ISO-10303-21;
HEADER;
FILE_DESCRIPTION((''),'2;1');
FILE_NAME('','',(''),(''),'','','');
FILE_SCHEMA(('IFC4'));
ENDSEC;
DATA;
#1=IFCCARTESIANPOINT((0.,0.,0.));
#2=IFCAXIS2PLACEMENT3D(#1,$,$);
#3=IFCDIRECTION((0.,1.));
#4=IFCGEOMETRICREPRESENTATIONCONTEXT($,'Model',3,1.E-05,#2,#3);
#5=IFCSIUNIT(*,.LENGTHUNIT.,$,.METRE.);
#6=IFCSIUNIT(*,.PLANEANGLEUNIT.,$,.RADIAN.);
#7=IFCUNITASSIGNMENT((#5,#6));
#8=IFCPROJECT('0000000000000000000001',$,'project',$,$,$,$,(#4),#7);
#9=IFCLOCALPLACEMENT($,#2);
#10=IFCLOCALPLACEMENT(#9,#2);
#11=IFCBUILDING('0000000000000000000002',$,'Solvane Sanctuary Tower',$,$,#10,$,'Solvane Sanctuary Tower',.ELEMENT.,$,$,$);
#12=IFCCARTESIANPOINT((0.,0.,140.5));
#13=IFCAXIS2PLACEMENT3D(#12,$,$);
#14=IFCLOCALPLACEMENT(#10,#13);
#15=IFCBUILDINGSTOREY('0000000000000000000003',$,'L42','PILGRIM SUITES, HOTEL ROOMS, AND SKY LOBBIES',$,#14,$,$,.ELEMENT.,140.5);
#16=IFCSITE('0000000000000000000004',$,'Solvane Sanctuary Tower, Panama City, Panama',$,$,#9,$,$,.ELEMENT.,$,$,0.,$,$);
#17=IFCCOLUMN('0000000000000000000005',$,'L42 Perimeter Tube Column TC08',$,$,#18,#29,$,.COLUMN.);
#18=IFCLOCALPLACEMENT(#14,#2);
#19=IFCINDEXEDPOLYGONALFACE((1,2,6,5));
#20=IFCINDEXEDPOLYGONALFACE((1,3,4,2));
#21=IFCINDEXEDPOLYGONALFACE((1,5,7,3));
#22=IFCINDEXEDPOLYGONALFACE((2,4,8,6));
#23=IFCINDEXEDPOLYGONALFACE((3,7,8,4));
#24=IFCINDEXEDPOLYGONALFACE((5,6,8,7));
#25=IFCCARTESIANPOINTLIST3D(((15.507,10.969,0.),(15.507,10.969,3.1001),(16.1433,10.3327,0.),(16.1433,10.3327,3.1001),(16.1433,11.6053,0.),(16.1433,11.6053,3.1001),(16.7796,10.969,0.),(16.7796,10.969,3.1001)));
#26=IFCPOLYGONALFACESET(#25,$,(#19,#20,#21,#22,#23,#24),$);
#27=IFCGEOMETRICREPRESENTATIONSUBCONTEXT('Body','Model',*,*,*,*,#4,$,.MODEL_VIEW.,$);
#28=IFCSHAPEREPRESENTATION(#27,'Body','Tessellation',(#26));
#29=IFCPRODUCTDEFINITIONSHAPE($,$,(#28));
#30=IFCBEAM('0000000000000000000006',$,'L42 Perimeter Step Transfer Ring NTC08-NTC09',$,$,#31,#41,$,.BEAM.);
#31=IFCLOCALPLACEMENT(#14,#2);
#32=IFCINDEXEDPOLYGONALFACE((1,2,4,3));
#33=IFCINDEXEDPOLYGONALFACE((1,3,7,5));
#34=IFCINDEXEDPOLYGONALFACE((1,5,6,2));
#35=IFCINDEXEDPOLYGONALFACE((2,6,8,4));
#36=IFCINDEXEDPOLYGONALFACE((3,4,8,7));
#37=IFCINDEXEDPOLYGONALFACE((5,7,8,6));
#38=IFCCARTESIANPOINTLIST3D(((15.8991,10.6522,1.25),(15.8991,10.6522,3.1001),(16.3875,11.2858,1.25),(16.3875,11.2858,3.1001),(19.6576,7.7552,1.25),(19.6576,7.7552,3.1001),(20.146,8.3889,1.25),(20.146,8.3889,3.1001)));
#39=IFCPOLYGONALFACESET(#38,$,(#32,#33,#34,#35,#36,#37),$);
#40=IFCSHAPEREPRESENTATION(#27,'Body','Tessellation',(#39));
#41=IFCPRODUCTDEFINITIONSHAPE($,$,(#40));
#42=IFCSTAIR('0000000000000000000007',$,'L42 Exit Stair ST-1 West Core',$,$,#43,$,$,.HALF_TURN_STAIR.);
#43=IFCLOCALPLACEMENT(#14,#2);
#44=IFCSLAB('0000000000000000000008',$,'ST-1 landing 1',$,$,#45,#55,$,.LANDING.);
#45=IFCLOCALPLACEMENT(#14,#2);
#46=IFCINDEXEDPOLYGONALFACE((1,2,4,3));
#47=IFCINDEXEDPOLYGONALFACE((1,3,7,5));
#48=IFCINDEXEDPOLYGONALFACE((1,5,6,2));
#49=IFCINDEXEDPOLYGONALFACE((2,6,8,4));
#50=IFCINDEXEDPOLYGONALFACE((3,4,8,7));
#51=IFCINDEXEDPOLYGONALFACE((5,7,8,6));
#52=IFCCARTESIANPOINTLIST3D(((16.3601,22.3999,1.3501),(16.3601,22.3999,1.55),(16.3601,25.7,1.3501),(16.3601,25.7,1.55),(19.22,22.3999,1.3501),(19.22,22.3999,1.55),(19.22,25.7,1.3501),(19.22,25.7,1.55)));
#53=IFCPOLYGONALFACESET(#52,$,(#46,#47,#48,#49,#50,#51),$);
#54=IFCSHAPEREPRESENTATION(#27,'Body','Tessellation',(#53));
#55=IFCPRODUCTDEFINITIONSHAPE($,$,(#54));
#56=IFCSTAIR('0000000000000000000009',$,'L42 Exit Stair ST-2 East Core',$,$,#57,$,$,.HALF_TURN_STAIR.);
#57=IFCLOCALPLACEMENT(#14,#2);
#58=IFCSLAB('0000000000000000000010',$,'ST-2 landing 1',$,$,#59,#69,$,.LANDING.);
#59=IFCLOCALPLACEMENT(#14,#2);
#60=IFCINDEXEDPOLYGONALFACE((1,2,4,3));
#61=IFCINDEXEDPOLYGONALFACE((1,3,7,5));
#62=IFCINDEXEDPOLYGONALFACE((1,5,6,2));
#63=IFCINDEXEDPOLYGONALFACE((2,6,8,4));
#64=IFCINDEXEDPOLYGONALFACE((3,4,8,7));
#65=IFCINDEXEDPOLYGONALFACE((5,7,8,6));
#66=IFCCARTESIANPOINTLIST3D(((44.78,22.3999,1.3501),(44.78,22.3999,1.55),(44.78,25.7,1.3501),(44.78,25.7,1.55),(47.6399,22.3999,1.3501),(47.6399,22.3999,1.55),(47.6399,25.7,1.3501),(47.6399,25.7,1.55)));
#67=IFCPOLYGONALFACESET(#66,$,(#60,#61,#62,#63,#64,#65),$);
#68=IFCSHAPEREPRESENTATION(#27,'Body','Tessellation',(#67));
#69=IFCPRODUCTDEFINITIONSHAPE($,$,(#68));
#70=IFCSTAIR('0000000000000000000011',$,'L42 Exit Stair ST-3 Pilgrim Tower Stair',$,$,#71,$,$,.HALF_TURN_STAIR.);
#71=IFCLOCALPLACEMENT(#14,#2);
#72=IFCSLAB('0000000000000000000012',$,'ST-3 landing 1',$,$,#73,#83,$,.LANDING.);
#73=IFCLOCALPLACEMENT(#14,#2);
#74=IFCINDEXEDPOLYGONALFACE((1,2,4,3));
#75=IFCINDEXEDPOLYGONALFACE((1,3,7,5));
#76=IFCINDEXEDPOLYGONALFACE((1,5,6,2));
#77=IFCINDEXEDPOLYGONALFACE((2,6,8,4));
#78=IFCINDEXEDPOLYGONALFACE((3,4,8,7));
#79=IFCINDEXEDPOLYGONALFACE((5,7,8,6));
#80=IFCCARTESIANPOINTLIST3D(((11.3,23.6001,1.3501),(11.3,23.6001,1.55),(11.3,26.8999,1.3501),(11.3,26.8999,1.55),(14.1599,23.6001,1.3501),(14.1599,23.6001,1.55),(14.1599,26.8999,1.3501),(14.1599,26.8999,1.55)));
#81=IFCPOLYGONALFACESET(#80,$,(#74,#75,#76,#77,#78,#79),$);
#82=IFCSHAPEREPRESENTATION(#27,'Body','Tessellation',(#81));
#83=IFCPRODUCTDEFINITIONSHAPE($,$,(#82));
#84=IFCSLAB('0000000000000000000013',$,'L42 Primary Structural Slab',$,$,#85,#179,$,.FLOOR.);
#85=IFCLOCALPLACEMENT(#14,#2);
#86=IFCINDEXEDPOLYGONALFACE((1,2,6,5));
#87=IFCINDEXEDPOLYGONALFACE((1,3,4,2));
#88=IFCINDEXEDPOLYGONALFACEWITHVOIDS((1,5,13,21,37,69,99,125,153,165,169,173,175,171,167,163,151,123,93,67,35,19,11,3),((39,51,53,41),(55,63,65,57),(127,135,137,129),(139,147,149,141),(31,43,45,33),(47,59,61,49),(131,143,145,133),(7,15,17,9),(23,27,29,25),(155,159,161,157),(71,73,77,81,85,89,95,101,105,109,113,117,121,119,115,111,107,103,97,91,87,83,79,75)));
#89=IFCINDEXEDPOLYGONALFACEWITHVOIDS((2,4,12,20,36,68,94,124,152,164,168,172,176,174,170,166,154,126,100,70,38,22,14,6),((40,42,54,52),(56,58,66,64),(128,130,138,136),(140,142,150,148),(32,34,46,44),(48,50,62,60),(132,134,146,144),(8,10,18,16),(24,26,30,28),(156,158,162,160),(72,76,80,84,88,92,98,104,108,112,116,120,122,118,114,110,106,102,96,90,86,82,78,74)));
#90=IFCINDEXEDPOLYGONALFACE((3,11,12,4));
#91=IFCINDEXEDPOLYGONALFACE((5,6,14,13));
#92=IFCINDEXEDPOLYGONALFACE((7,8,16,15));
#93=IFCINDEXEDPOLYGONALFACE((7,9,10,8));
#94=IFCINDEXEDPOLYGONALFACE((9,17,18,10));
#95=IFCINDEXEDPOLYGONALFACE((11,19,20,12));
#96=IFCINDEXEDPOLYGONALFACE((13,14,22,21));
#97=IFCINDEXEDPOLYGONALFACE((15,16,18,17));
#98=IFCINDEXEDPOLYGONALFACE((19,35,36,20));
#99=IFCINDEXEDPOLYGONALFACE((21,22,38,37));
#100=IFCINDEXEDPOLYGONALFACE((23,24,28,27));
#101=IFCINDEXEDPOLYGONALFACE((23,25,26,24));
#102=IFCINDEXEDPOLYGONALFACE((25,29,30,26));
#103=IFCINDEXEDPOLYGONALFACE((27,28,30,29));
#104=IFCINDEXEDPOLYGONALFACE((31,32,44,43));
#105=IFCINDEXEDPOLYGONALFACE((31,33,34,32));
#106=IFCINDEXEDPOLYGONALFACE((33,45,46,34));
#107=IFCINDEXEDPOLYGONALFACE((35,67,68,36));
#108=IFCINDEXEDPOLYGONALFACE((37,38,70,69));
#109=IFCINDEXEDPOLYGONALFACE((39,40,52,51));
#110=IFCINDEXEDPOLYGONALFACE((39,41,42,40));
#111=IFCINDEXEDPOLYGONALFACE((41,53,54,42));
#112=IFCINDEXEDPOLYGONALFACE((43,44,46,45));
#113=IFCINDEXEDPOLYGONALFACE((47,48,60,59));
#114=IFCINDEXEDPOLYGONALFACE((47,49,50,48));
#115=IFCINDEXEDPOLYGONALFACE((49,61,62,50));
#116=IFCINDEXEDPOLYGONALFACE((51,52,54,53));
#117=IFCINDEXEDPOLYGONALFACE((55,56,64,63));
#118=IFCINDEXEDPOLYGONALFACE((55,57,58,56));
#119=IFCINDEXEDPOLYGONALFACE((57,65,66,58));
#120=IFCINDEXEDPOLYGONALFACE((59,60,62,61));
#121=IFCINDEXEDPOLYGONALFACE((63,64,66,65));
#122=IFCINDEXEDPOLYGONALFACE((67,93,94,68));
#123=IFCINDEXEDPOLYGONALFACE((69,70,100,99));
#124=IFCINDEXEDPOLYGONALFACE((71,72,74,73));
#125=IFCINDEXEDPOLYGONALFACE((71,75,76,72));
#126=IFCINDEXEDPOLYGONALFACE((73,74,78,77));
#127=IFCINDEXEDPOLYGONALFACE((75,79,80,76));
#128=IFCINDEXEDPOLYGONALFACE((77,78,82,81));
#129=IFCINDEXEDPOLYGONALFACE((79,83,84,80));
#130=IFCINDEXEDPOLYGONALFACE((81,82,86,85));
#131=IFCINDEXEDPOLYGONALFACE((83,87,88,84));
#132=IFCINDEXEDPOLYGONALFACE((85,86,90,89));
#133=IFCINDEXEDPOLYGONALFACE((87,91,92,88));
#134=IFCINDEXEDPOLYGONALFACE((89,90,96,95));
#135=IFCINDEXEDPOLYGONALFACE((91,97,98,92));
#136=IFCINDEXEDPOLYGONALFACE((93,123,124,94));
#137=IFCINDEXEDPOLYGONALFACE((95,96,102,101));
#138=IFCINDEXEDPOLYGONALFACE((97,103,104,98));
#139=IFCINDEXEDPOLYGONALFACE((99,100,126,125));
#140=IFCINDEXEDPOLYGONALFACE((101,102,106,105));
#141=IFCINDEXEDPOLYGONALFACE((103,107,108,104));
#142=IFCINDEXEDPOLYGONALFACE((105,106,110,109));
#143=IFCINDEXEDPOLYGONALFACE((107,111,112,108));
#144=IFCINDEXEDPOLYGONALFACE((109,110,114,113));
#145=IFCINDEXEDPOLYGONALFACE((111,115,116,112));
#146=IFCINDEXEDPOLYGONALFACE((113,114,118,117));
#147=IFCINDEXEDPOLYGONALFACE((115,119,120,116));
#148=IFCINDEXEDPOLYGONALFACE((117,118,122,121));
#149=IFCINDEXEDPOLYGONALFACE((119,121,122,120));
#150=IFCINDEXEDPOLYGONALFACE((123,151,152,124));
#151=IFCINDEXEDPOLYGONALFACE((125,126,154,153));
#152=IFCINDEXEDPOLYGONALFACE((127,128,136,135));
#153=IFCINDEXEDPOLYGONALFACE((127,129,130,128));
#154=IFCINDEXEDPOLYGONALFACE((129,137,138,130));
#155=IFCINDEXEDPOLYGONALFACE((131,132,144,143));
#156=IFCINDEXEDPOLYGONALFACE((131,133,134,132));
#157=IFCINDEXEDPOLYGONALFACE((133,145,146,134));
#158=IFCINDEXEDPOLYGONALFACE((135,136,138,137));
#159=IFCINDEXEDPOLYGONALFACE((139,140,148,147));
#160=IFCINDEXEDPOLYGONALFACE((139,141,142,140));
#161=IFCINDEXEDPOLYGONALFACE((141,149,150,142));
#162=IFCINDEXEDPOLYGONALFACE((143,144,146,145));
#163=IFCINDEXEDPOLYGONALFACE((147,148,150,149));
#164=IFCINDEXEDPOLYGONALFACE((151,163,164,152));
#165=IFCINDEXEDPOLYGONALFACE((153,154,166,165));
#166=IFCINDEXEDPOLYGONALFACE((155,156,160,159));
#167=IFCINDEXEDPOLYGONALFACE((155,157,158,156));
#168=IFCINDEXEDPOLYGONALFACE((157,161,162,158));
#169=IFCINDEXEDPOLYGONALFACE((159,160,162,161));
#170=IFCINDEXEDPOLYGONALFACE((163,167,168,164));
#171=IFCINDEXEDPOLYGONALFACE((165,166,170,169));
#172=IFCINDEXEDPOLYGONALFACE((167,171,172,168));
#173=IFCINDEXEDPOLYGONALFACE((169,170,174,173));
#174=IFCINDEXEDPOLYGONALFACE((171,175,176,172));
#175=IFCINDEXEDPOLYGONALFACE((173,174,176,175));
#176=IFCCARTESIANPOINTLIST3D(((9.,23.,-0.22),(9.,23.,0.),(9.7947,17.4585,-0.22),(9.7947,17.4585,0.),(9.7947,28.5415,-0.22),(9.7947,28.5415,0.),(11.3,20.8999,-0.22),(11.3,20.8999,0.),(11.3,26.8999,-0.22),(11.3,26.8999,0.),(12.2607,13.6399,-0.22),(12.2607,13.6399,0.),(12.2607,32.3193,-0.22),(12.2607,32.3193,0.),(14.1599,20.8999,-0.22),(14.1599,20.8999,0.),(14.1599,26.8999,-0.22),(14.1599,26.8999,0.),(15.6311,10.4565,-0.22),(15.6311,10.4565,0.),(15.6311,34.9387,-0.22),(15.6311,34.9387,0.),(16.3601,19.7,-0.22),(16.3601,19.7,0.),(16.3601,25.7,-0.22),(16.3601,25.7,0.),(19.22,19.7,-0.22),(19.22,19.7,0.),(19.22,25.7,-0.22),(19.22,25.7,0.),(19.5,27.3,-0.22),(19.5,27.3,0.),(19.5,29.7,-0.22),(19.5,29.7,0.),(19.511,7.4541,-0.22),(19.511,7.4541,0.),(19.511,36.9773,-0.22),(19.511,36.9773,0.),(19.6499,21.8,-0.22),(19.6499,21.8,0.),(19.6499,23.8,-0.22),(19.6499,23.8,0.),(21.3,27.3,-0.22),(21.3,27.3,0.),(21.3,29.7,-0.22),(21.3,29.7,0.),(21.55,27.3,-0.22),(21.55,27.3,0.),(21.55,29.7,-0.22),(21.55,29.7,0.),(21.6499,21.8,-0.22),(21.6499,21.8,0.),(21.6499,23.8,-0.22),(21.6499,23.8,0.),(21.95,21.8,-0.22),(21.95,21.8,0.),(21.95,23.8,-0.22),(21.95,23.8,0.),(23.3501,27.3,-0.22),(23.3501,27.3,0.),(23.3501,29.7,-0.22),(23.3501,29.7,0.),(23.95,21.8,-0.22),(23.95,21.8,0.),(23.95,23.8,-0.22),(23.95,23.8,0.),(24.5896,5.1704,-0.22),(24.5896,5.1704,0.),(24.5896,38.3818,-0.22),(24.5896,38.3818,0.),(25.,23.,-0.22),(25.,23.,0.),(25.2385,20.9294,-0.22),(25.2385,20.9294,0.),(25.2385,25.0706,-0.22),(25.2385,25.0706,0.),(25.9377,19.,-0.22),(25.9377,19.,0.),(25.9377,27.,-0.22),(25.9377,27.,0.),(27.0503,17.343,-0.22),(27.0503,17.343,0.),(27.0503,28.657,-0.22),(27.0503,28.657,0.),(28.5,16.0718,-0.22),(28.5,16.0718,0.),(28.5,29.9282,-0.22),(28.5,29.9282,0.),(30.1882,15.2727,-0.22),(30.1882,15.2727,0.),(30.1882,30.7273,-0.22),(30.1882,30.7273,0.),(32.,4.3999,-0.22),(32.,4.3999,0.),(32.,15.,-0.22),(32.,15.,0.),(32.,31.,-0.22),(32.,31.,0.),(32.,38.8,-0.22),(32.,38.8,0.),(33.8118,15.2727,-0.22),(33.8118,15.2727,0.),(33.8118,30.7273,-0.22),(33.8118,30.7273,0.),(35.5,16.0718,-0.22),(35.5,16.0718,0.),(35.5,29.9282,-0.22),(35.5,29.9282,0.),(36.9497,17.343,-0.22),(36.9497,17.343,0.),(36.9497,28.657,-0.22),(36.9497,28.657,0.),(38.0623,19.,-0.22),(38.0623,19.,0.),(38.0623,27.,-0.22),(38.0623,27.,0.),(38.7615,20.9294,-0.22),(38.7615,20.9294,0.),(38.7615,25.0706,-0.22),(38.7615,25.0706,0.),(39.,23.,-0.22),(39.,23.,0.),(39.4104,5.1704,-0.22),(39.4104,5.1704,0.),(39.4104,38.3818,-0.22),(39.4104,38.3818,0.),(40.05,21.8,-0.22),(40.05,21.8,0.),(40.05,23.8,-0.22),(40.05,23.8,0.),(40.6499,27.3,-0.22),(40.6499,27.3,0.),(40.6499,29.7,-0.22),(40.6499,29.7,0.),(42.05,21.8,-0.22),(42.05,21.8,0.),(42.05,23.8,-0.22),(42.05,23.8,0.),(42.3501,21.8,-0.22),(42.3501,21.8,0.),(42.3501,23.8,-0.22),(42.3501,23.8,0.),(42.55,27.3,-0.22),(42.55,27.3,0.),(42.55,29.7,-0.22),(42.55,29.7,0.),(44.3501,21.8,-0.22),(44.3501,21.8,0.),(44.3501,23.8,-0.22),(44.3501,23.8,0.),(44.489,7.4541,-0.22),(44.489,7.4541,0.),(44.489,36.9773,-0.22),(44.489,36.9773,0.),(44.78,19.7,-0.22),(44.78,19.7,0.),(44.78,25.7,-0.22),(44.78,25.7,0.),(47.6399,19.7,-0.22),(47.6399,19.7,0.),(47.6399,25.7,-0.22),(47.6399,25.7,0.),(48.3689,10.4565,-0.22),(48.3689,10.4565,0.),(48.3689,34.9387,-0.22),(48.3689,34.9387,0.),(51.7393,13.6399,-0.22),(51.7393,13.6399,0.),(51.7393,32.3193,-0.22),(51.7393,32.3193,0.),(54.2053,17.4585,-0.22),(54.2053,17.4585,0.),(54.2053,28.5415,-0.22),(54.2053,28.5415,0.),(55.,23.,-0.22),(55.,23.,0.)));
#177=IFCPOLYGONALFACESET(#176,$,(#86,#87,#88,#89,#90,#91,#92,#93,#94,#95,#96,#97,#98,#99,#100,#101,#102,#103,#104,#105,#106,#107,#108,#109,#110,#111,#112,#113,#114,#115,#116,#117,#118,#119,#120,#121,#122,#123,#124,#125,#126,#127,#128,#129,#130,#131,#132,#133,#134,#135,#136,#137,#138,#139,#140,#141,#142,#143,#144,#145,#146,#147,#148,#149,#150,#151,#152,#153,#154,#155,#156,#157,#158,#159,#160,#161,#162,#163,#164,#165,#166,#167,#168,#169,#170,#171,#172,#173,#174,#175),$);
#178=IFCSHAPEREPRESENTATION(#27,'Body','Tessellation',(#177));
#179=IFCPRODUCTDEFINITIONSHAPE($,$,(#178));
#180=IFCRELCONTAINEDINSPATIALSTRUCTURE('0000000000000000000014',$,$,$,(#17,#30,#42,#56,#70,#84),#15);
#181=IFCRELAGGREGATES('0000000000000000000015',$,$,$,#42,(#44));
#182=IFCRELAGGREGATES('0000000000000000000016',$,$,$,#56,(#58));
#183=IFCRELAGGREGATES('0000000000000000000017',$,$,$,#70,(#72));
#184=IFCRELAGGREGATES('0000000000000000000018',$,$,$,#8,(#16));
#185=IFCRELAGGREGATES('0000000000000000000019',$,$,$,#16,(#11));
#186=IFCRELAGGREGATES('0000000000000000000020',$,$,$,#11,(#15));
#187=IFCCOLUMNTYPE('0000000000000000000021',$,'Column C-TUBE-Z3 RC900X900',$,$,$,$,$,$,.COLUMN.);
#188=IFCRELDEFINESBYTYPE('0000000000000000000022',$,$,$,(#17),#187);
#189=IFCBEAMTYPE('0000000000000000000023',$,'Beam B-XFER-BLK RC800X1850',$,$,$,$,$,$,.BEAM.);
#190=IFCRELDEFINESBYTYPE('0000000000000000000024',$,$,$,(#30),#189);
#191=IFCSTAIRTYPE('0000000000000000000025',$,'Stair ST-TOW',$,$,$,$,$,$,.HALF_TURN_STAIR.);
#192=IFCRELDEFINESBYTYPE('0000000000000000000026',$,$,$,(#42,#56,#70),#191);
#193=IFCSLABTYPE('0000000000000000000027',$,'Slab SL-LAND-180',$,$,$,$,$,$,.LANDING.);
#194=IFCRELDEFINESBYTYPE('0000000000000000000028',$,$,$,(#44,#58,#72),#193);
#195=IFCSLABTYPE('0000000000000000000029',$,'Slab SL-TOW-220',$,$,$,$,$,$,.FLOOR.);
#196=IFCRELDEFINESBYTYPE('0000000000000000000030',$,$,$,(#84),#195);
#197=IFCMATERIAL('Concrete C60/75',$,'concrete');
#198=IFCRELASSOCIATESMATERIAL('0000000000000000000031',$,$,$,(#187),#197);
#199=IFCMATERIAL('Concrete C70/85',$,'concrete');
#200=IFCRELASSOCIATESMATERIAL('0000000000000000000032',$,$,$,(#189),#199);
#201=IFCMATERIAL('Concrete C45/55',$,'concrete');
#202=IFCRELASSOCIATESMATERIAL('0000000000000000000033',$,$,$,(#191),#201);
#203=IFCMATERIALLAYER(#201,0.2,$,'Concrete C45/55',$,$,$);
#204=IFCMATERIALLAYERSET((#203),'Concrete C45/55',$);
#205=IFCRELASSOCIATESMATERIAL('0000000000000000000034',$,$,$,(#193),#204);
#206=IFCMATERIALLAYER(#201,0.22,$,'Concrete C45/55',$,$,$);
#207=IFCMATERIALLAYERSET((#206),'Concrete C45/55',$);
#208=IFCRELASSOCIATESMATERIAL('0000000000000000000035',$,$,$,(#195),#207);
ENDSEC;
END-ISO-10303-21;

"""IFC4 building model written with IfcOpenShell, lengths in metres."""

from ifc_helpers import new_model, si_unit, direction, frame, origin, origin_2d, place, context, subcontext, project, spatial, polyline, rectangle, outline, extrude, material, layer, layer_set, material_profile, profile_set, type_object, element, aggregate, save


model = new_model("IFC4")

# Units and contexts
model_context = context("Model", 3, precision=1e-05, world=origin(), true_north=direction((0.0, 1.0)))
body_context = subcontext(model_context, "Body", "Model", "MODEL_VIEW")
ifc_project = project(units=[si_unit("LENGTHUNIT", "METRE"), si_unit("PLANEANGLEUNIT", "RADIAN")], contexts=[model_context])

# Site, building, storey
site_placement = place(None, origin())
site = spatial("IfcSite", under=ifc_project, at=site_placement, Name="Solvane Sanctuary Tower, Panama City, Panama", CompositionType="ELEMENT", RefElevation=0.0)
building_placement = place(site_placement, origin())
building = spatial("IfcBuilding", under=site, at=building_placement, Name="Solvane Sanctuary Tower", LongName="Solvane Sanctuary Tower", CompositionType="ELEMENT")
storey_placement = place(building_placement, frame((0.0, 0.0, 140.5)))
storey = spatial("IfcBuildingStorey", under=building, at=storey_placement, Name="L42", Description="PILGRIM SUITES, HOTEL ROOMS, AND SKY LOBBIES", CompositionType="ELEMENT", Elevation=140.5)

# Column
ifc_material_1 = material(Name="Concrete C60/75", Category="concrete")
ifc_material_profile_1 = material_profile(ifc_material_1, rectangle(XDim=0.8999, YDim=0.8999, at=origin_2d()), Name="RC900X900")
ifc_profile_set_1 = profile_set([ifc_material_profile_1], Name="Concrete C60/75")
column_type = type_object("IfcColumnType", Name="Column C-TUBE-Z3 RC900X900", PredefinedType="COLUMN", material=ifc_profile_set_1)
column_placement = place(storey_placement, frame((16.1433, 10.969, 0.0), z_axis=(0.0, 0.0, 1.0), x_axis=(-0.707107, -0.707107, 0.0)))
element("IfcColumn", 1, at=column_placement, inside=storey, type_object=column_type, Name="L42 Perimeter Tube Column TC08", PredefinedType="COLUMN", context=body_context, shape_type="SweptSolid", body=[
    extrude(rectangle(XDim=0.8999, YDim=0.8999, at=origin_2d()), origin(), (0.0, 0.0, 1.0), 3.1001),
])

# Beam
ifc_material_2 = material(Name="Concrete C70/85", Category="concrete")
ifc_material_profile_2 = material_profile(ifc_material_2, rectangle(XDim=0.8, YDim=1.8501, at=origin_2d()), Name="RC800X1850")
ifc_profile_set_2 = profile_set([ifc_material_profile_2], Name="Concrete C70/85")
beam_type = type_object("IfcBeamType", Name="Beam B-XFER-BLK RC800X1850", PredefinedType="BEAM", material=ifc_profile_set_2)
beam_placement = place(storey_placement, frame((16.1433, 10.969, 2.175), z_axis=(0.792035, -0.610476, 0.0), x_axis=(0.610476, 0.792035, 0.0)))
element("IfcBeam", 2, at=beam_placement, inside=storey, type_object=beam_type, Name="L42 Perimeter Step Transfer Ring NTC08-NTC09", PredefinedType="BEAM", context=body_context, shape_type="SweptSolid", body=[
    extrude(rectangle(XDim=0.8, YDim=1.8501, at=origin_2d()), origin(), (0.0, 0.0, 1.0), 4.7454),
])

# Stairs, slabs
ifc_material_3 = material(Name="Concrete C45/55", Category="concrete")
stair_type = type_object("IfcStairType", Name="Stair ST-TOW", PredefinedType="HALF_TURN_STAIR", material=ifc_material_3)
stair_1_placement = place(storey_placement, origin())
stair_1 = element("IfcStair", 3, at=stair_1_placement, inside=storey, type_object=stair_type, Name="L42 Exit Stair ST-1 West Core", PredefinedType="HALF_TURN_STAIR")
ifc_layer_1 = layer(ifc_material_3, 0.2, Name="Concrete C45/55")
ifc_layer_set_1 = layer_set([ifc_layer_1], Name="Concrete C45/55")
slab_type_1 = type_object("IfcSlabType", Name="Slab SL-LAND-180", PredefinedType="LANDING", material=ifc_layer_set_1)
slab_1_placement = place(storey_placement, frame((0.0, 0.0, 1.3501)))
slab_1 = element("IfcSlab", 4, at=slab_1_placement, type_object=slab_type_1, Name="ST-1 landing 1", PredefinedType="LANDING", context=body_context, shape_type="SweptSolid", body=[
    extrude(outline(polyline([(19.22, 22.3999), (19.22, 25.7), (16.3601, 25.7), (16.3601, 22.3999), (19.22, 22.3999)])), origin(), (0.0, 0.0, 1.0), 0.2),
])
aggregate(stair_1, [slab_1])
stair_2_placement = place(storey_placement, origin())
stair_2 = element("IfcStair", 5, at=stair_2_placement, inside=storey, type_object=stair_type, Name="L42 Exit Stair ST-2 East Core", PredefinedType="HALF_TURN_STAIR")
slab_2_placement = place(storey_placement, frame((0.0, 0.0, 1.3501)))
slab_2 = element("IfcSlab", 6, at=slab_2_placement, type_object=slab_type_1, Name="ST-2 landing 1", PredefinedType="LANDING", context=body_context, shape_type="SweptSolid", body=[
    extrude(outline(polyline([(47.6399, 22.3999), (47.6399, 25.7), (44.78, 25.7), (44.78, 22.3999), (47.6399, 22.3999)])), origin(), (0.0, 0.0, 1.0), 0.2),
])
aggregate(stair_2, [slab_2])
stair_3_placement = place(storey_placement, origin())
stair_3 = element("IfcStair", 7, at=stair_3_placement, inside=storey, type_object=stair_type, Name="L42 Exit Stair ST-3 Pilgrim Tower Stair", PredefinedType="HALF_TURN_STAIR")
slab_3_placement = place(storey_placement, frame((0.0, 0.0, 1.3501)))
slab_3 = element("IfcSlab", 8, at=slab_3_placement, type_object=slab_type_1, Name="ST-3 landing 1", PredefinedType="LANDING", context=body_context, shape_type="SweptSolid", body=[
    extrude(outline(polyline([(14.1599, 23.6001), (14.1599, 26.8999), (11.3, 26.8999), (11.3, 23.6001), (14.1599, 23.6001)])), origin(), (0.0, 0.0, 1.0), 0.2),
])
aggregate(stair_3, [slab_3])

# Slab
ifc_layer_2 = layer(ifc_material_3, 0.22, Name="Concrete C45/55")
ifc_layer_set_2 = layer_set([ifc_layer_2], Name="Concrete C45/55")
slab_type_2 = type_object("IfcSlabType", Name="Slab SL-TOW-220", PredefinedType="FLOOR", material=ifc_layer_set_2)
slab_4_placement = place(storey_placement, frame((0.0, 0.0, -0.22)))
element("IfcSlab", 9, at=slab_4_placement, inside=storey, type_object=slab_type_2, Name="L42 Primary Structural Slab", PredefinedType="FLOOR", context=body_context, shape_type="SweptSolid", body=[
    extrude(outline(polyline([(55.0, 23.0), (54.2053, 28.5415), (51.7393, 32.3193), (48.3689, 34.9387), (44.489, 36.9773), (39.4104, 38.3818), (32.0, 38.8), (24.5896, 38.3818), (19.511, 36.9773), (15.6311, 34.9387), (12.2607, 32.3193), (9.7947, 28.5415), (9.0, 23.0), (9.7947, 17.4585), (12.2607, 13.6399), (15.6311, 10.4565), (19.511, 7.4541), (24.5896, 5.1704), (32.0, 4.3999), (39.4104, 5.1704), (44.489, 7.4541), (48.3689, 10.4565), (51.7393, 13.6399), (54.2053, 17.4585), (55.0, 23.0)]), holes=[polyline([(38.7615, 20.9294), (38.0623, 19.0), (36.9497, 17.343), (35.5, 16.0718), (33.8118, 15.2727), (32.0, 15.0), (30.1882, 15.2727), (28.5, 16.0718), (27.0503, 17.343), (25.9377, 19.0), (25.2385, 20.9294), (25.0, 23.0), (25.2385, 25.0706), (25.9377, 27.0), (27.0503, 28.657), (28.5, 29.9282), (30.1882, 30.7273), (32.0, 31.0), (33.8118, 30.7273), (35.5, 29.9282), (36.9497, 28.657), (38.0623, 27.0), (38.7615, 25.0706), (39.0, 23.0), (38.7615, 20.9294)]), polyline([(16.3601, 19.7), (16.3601, 25.7), (19.22, 25.7), (19.22, 19.7), (16.3601, 19.7)]), polyline([(44.78, 19.7), (44.78, 25.7), (47.6399, 25.7), (47.6399, 19.7), (44.78, 19.7)]), polyline([(11.3, 20.8999), (11.3, 26.8999), (14.1599, 26.8999), (14.1599, 20.8999), (11.3, 20.8999)]), polyline([(19.6499, 23.8), (21.6499, 23.8), (21.6499, 21.8), (19.6499, 21.8), (19.6499, 23.8)]), polyline([(42.3501, 23.8), (44.3501, 23.8), (44.3501, 21.8), (42.3501, 21.8), (42.3501, 23.8)]), polyline([(21.95, 23.8), (23.95, 23.8), (23.95, 21.8), (21.95, 21.8), (21.95, 23.8)]), polyline([(40.05, 23.8), (42.05, 23.8), (42.05, 21.8), (40.05, 21.8), (40.05, 23.8)]), polyline([(19.5, 29.7), (21.3, 29.7), (21.3, 27.3), (19.5, 27.3), (19.5, 29.7)]), polyline([(21.55, 29.7), (23.3501, 29.7), (23.3501, 27.3), (21.55, 27.3), (21.55, 29.7)]), polyline([(40.6499, 29.7), (42.55, 29.7), (42.55, 27.3), (40.6499, 27.3), (40.6499, 29.7)])]), origin(), (0.0, 0.0, 1.0), 0.22),
])

save(model, "model.ifc")
